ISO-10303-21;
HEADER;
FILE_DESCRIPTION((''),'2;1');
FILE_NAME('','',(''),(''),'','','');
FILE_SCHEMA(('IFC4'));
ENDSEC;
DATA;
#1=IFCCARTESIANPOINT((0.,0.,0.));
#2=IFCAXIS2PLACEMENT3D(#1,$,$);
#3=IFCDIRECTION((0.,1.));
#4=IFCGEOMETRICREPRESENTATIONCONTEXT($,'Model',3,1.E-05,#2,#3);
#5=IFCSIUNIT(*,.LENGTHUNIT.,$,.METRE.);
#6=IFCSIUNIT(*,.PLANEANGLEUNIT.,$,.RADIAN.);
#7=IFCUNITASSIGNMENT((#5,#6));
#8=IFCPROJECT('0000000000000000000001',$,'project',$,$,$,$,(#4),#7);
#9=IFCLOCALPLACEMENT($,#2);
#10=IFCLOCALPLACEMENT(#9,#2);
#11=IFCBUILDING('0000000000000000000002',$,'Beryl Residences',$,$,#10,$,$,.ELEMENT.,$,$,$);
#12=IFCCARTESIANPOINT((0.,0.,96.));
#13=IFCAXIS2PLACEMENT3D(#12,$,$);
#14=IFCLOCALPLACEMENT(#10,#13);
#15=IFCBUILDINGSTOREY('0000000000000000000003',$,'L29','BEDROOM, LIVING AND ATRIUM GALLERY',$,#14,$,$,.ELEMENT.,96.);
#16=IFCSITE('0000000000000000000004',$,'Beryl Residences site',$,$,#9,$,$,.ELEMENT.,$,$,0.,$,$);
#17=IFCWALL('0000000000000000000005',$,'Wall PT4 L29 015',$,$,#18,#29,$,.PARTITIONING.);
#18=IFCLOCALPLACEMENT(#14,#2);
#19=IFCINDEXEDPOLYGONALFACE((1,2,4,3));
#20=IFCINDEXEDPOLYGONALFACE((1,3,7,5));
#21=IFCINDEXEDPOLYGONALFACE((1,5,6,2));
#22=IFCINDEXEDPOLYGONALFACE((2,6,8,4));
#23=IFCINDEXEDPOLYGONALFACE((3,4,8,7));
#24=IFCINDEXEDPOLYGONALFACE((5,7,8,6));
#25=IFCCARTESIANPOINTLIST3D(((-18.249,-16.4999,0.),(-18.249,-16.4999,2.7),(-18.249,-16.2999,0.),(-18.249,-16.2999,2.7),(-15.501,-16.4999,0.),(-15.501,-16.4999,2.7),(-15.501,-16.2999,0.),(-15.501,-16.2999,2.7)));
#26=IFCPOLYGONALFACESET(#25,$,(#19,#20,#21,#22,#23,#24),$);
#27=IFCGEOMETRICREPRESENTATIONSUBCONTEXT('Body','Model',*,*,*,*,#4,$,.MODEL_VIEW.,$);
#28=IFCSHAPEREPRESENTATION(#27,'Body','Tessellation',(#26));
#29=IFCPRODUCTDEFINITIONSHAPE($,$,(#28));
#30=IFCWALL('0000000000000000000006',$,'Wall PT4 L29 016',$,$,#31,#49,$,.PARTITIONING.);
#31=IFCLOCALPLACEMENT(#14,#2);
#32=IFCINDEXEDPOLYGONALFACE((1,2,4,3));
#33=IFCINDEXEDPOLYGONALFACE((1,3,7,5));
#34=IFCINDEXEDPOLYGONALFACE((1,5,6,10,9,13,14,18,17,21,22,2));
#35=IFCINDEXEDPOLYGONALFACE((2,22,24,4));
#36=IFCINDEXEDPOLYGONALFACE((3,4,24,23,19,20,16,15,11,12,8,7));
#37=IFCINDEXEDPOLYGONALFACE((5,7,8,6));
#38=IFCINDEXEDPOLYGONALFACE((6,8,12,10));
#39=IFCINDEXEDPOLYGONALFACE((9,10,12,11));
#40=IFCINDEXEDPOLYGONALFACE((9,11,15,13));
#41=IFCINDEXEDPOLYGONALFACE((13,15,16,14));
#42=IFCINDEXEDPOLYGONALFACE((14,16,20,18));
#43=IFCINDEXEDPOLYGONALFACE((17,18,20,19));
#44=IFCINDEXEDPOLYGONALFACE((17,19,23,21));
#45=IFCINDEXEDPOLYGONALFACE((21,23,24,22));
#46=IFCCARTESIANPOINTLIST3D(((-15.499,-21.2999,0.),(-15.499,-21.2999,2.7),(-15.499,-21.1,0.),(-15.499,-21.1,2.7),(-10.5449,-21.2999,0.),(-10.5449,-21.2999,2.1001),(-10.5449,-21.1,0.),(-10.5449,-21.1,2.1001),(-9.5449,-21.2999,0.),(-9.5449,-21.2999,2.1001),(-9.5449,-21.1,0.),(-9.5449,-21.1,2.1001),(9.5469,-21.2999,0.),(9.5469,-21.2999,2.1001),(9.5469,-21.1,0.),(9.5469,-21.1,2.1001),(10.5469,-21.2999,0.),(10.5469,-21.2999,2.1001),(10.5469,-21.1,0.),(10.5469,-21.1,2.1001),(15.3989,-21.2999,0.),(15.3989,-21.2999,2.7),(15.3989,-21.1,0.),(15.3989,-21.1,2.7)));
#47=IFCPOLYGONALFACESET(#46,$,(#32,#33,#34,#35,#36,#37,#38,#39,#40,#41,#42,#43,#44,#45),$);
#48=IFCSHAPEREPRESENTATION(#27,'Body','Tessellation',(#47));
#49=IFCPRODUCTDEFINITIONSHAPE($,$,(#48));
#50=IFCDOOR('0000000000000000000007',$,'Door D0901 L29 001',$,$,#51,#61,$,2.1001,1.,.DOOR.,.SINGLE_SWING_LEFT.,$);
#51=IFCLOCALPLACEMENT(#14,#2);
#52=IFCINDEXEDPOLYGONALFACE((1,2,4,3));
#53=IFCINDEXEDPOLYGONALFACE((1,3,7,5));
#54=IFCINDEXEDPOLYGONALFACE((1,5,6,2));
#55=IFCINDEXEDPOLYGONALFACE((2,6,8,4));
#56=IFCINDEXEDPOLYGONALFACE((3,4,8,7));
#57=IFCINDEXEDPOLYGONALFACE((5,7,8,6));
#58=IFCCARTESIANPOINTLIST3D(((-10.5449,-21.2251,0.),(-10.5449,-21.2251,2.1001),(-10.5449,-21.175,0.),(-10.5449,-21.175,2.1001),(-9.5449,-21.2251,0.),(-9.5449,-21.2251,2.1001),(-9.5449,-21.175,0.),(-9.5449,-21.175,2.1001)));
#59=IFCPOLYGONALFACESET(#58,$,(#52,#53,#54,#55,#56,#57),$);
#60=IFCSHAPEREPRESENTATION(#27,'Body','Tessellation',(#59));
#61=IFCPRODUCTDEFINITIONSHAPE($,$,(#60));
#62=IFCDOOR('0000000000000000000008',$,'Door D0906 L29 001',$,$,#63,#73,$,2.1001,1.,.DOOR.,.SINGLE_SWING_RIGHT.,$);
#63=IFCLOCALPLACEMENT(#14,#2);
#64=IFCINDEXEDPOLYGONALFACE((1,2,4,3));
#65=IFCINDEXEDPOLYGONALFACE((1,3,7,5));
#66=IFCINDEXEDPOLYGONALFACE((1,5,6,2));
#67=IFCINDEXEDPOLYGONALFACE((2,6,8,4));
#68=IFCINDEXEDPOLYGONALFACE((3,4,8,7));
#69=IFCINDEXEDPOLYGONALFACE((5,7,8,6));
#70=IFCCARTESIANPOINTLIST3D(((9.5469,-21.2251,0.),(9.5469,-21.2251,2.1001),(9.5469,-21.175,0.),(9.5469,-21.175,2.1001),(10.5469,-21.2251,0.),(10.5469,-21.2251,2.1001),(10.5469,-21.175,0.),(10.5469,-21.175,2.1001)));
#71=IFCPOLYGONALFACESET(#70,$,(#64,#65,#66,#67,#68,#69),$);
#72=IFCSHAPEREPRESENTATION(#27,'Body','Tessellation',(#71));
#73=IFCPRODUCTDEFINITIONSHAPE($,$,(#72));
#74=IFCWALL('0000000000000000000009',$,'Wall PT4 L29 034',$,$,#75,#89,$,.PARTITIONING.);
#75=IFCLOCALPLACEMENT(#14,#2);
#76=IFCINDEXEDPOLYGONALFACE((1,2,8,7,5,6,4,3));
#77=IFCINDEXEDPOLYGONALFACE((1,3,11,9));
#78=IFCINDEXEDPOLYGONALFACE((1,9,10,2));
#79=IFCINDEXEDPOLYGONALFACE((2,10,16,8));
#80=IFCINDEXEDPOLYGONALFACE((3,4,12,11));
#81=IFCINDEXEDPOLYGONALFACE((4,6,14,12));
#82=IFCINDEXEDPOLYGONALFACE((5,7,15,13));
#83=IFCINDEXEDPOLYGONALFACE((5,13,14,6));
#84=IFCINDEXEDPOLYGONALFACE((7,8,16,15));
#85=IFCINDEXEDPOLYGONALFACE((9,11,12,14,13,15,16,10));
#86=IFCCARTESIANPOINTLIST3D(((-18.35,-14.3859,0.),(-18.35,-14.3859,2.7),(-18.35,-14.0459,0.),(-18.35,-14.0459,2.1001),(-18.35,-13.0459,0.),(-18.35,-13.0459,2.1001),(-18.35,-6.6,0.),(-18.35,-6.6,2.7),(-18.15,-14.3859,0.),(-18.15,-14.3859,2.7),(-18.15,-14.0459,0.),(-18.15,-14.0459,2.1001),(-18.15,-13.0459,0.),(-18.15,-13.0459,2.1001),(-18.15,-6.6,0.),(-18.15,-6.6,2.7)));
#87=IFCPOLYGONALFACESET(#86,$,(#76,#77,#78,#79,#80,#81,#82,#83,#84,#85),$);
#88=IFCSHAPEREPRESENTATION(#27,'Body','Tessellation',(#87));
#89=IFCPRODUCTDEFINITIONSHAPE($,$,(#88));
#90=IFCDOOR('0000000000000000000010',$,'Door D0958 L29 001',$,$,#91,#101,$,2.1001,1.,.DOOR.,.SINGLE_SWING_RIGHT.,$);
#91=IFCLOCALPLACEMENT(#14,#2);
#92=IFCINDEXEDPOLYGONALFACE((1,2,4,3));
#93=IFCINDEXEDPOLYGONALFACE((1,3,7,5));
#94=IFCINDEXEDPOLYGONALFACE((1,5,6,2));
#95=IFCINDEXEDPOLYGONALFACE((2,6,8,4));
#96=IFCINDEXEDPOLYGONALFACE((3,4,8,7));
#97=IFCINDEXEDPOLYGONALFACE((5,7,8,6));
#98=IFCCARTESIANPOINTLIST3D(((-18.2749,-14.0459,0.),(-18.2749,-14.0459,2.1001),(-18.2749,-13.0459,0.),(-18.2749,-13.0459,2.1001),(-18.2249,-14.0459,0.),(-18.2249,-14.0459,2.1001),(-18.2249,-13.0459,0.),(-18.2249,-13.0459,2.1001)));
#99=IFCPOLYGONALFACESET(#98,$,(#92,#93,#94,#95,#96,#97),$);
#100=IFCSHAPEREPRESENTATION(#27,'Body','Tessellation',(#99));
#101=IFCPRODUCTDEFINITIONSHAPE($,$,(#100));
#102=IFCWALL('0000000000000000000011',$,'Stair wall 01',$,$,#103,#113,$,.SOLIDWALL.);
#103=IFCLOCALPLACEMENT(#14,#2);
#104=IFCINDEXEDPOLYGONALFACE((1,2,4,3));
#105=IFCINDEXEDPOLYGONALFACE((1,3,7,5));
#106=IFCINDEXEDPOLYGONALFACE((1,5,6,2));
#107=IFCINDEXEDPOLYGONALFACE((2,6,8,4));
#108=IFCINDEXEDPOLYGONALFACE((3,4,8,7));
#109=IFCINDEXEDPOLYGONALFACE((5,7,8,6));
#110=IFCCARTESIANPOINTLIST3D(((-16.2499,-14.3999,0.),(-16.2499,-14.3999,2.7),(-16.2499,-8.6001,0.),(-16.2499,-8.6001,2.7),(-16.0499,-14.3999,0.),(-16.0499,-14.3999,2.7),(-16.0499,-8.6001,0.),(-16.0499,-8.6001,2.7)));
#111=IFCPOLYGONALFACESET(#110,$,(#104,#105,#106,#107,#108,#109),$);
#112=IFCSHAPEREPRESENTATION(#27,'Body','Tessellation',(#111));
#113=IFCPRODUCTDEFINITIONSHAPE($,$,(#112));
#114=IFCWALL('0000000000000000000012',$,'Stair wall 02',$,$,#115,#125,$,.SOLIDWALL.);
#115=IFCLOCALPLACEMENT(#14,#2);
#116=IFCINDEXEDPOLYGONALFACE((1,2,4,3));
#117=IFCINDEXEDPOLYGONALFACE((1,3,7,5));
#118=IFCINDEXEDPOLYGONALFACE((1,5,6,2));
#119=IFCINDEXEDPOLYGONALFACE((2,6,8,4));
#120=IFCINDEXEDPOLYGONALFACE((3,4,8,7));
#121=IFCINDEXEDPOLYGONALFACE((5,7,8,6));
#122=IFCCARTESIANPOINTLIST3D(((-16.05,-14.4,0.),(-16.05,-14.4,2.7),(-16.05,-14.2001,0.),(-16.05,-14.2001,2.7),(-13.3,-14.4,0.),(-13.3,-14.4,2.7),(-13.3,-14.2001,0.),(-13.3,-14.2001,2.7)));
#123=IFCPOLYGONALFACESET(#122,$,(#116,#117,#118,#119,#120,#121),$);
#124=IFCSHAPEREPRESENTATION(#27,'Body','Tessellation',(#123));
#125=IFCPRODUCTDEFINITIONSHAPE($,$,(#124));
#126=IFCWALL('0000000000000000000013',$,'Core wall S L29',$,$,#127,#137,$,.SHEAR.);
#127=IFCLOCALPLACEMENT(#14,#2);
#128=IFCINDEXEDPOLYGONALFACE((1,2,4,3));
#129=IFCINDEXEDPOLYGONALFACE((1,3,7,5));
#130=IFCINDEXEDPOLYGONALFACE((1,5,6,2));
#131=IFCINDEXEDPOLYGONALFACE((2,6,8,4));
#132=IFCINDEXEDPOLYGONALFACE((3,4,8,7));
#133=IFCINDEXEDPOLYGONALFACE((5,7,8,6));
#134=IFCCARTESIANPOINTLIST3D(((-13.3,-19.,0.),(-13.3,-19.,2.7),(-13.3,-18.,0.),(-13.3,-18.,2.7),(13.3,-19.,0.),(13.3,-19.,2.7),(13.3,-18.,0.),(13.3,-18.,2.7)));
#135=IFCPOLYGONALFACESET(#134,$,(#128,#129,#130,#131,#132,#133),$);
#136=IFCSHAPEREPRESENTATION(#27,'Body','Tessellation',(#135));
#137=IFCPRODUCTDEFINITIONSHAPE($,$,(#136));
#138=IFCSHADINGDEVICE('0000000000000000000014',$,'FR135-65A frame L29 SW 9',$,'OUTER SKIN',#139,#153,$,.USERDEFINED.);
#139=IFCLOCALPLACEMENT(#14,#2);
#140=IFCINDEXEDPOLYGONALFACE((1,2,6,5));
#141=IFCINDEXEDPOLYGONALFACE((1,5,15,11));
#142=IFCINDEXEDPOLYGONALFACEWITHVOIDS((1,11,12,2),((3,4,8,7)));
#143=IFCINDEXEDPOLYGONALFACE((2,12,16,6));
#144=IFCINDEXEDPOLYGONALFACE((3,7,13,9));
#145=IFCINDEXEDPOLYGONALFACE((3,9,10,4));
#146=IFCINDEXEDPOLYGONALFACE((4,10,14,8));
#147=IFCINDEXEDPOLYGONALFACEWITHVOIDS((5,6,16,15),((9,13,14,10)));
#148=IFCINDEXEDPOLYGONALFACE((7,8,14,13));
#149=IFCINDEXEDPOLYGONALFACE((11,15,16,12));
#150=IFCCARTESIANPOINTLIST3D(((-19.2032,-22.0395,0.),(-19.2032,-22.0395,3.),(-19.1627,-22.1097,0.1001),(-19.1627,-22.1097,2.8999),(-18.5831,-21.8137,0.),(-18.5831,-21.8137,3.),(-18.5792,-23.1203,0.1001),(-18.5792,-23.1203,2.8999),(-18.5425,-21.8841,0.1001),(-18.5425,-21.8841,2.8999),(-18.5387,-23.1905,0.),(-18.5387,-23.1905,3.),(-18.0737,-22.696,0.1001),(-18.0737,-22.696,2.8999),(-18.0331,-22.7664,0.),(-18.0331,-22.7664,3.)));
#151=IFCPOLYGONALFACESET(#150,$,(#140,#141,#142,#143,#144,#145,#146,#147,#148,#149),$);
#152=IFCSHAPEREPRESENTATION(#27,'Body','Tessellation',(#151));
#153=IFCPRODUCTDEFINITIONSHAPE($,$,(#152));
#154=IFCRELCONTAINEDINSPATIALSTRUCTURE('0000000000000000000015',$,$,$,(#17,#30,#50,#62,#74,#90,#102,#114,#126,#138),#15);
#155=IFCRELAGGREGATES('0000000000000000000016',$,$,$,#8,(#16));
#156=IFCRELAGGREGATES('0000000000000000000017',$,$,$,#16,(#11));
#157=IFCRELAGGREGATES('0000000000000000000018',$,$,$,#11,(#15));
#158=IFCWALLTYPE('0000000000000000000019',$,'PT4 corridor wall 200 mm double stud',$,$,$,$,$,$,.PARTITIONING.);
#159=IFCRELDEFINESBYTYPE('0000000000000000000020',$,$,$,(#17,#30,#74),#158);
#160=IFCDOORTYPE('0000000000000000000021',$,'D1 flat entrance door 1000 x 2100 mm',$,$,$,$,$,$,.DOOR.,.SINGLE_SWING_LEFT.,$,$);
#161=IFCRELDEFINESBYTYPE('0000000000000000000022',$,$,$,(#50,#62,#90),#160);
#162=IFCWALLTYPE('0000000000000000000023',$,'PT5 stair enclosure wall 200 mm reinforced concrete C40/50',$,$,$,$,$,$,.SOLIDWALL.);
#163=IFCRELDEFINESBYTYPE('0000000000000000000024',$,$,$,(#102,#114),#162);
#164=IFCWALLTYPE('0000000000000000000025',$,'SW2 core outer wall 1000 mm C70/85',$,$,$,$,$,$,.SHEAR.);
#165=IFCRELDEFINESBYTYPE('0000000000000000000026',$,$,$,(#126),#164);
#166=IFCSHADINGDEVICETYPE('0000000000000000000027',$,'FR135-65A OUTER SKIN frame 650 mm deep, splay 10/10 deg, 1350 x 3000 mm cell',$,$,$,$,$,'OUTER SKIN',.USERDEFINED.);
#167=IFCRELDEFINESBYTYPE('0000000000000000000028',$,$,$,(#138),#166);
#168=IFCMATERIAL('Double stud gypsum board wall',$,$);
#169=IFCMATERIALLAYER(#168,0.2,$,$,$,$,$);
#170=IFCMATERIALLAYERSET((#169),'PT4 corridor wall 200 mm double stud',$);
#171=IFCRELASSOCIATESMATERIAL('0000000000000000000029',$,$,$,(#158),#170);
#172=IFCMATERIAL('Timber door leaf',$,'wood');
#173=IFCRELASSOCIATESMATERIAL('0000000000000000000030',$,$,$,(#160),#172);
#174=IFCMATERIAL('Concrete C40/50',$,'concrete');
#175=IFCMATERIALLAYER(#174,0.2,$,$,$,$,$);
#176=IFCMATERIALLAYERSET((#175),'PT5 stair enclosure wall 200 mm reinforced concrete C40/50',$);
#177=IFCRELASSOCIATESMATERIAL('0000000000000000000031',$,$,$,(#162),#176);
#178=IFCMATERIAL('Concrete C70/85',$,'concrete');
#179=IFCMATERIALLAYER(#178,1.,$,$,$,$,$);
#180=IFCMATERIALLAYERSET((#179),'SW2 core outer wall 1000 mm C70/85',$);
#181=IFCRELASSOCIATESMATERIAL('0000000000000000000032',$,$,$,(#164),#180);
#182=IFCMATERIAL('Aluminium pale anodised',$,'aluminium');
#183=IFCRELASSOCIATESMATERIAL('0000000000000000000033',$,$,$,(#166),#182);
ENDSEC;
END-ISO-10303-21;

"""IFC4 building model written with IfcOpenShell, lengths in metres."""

from ifc_helpers import new_model, entity, si_unit, direction, frame, frame_2d, origin, place, context, subcontext, project, spatial, rectangle, extrude, source, transform, mapped, material, layer, layer_set, type_object, type_shapes, element, fill, save


model = new_model("IFC4")

# Units and contexts
model_context = context("Model", 3, precision=1e-05, world=origin(), true_north=direction((0.0, 1.0)))
body_context = subcontext(model_context, "Body", "Model", "MODEL_VIEW")
ifc_project = project(units=[si_unit("LENGTHUNIT", "METRE"), si_unit("PLANEANGLEUNIT", "RADIAN")], contexts=[model_context])

# Site, building, storey
site_placement = place(None, origin())
site = spatial("IfcSite", under=ifc_project, at=site_placement, Name="Beryl Residences site", CompositionType="ELEMENT", RefElevation=0.0)
building_placement = place(site_placement, origin())
building = spatial("IfcBuilding", under=site, at=building_placement, Name="Beryl Residences", CompositionType="ELEMENT")
storey_placement = place(building_placement, frame((0.0, 0.0, 96.0)))
storey = spatial("IfcBuildingStorey", under=building, at=storey_placement, Name="L29", Description="BEDROOM, LIVING AND ATRIUM GALLERY", CompositionType="ELEMENT", Elevation=96.0)

# Wall
ifc_material_1 = material(Name="Double stud gypsum board wall")
ifc_layer_1 = layer(ifc_material_1, 0.2)
ifc_layer_set_1 = layer_set([ifc_layer_1], Name="PT4 corridor wall 200 mm double stud")
wall_type_1 = type_object("IfcWallType", Name="PT4 corridor wall 200 mm double stud", PredefinedType="PARTITIONING", material=ifc_layer_set_1)
wall_1_placement = place(storey_placement, frame((-18.249, -16.3999, 0.0), z_axis=(0.0, 0.0, 1.0), x_axis=(1.0, 0.0, 0.0)))
element("IfcWall", 1, at=wall_1_placement, inside=storey, type_object=wall_type_1, Name="Wall PT4 L29 015", PredefinedType="PARTITIONING", context=body_context, shape_type="SweptSolid", body=[
    extrude(rectangle(XDim=2.748, YDim=0.2, at=frame_2d((1.374, 0.0))), origin(), (0.0, 0.0, 1.0), 2.7),
])

# Wall, openings, doors
wall_2_placement = place(storey_placement, frame((-15.499, -21.2, 0.0), z_axis=(0.0, 0.0, 1.0), x_axis=(1.0, 0.0, 0.0)))
wall_2 = element("IfcWall", 2, at=wall_2_placement, inside=storey, type_object=wall_type_1, Name="Wall PT4 L29 016", PredefinedType="PARTITIONING", context=body_context, shape_type="SweptSolid", body=[
    extrude(rectangle(XDim=30.8979, YDim=0.2, at=frame_2d((15.449, 0.0))), origin(), (0.0, 0.0, 1.0), 2.7),
])
opening_1_placement = place(wall_2_placement, frame((4.9541, 0.0, 0.0)))
opening_1 = element("IfcOpeningElement", 3, at=opening_1_placement, cuts=wall_2, PredefinedType="OPENING", context=body_context, shape_type="SweptSolid", body=[
    extrude(rectangle(XDim=1.0, YDim=2.1001, at=frame_2d((0.5, 1.05))), frame((0.0, 0.1099, 0.0), z_axis=(0.0, -1.0, 0.0), x_axis=(1.0, 0.0, 0.0)), (0.0, 0.0, 1.0), 0.22),
])
opening_2_placement = place(wall_2_placement, frame((25.0459, 0.0, 0.0)))
opening_2 = element("IfcOpeningElement", 4, at=opening_2_placement, cuts=wall_2, PredefinedType="OPENING", context=body_context, shape_type="SweptSolid", body=[
    extrude(rectangle(XDim=1.0, YDim=2.1001, at=frame_2d((0.5, 1.05))), frame((0.0, 0.1099, 0.0), z_axis=(0.0, -1.0, 0.0), x_axis=(1.0, 0.0, 0.0)), (0.0, 0.0, 1.0), 0.22),
])
ifc_material_2 = material(Name="Timber door leaf", Category="wood")
door_type_1 = type_object("IfcDoorType", Name="D1 flat entrance door 1000 x 2100 mm", OperationType="SINGLE_SWING_LEFT", PredefinedType="DOOR", material=ifc_material_2)
door_1_placement = place(opening_1_placement, origin())
door_1 = element("IfcDoor", 5, at=door_1_placement, inside=storey, type_object=door_type_1, Name="Door D0901 L29 001", OperationType="SINGLE_SWING_LEFT", OverallHeight=2.1001, OverallWidth=1.0, PredefinedType="DOOR", context=body_context, shape_type="SweptSolid", body=[
    extrude(rectangle(XDim=1.0, YDim=2.1001, at=frame_2d((0.5, 1.05))), frame((0.0, 0.0249, 0.0), z_axis=(0.0, -1.0, 0.0), x_axis=(1.0, 0.0, 0.0)), (0.0, 0.0, 1.0), 0.05),
])
fill(opening_1, door_1)
door_2_placement = place(opening_2_placement, origin())
door_2 = element("IfcDoor", 6, at=door_2_placement, inside=storey, type_object=door_type_1, Name="Door D0906 L29 001", OperationType="SINGLE_SWING_RIGHT", OverallHeight=2.1001, OverallWidth=1.0, PredefinedType="DOOR", context=body_context, shape_type="SweptSolid", body=[
    extrude(rectangle(XDim=1.0, YDim=2.1001, at=frame_2d((0.5, 1.05))), frame((0.0, 0.0249, 0.0), z_axis=(0.0, -1.0, 0.0), x_axis=(1.0, 0.0, 0.0)), (0.0, 0.0, 1.0), 0.05),
])
fill(opening_2, door_2)

# Wall, opening, door
wall_3_placement = place(storey_placement, frame((-18.25, -14.386, 0.0), z_axis=(0.0, 0.0, 1.0), x_axis=(0.0, 1.0, 0.0)))
wall_3 = element("IfcWall", 7, at=wall_3_placement, inside=storey, type_object=wall_type_1, Name="Wall PT4 L29 034", PredefinedType="PARTITIONING", context=body_context, shape_type="SweptSolid", body=[
    extrude(rectangle(XDim=7.7859, YDim=0.2, at=frame_2d((3.8931, 0.0))), origin(), (0.0, 0.0, 1.0), 2.7),
])
opening_3_placement = place(wall_3_placement, frame((0.3401, 0.0, 0.0)))
opening_3 = element("IfcOpeningElement", 8, at=opening_3_placement, cuts=wall_3, PredefinedType="OPENING", context=body_context, shape_type="SweptSolid", body=[
    extrude(rectangle(XDim=1.0, YDim=2.1001, at=frame_2d((0.5, 1.05))), frame((0.0, 0.1099, 0.0), z_axis=(0.0, -1.0, 0.0), x_axis=(1.0, 0.0, 0.0)), (0.0, 0.0, 1.0), 0.22),
])
door_3_placement = place(opening_3_placement, origin())
door_3 = element("IfcDoor", 9, at=door_3_placement, inside=storey, type_object=door_type_1, Name="Door D0958 L29 001", OperationType="SINGLE_SWING_RIGHT", OverallHeight=2.1001, OverallWidth=1.0, PredefinedType="DOOR", context=body_context, shape_type="SweptSolid", body=[
    extrude(rectangle(XDim=1.0, YDim=2.1001, at=frame_2d((0.5, 1.05))), frame((0.0, 0.0249, 0.0), z_axis=(0.0, -1.0, 0.0), x_axis=(1.0, 0.0, 0.0)), (0.0, 0.0, 1.0), 0.05),
])
fill(opening_3, door_3)

# Walls
ifc_material_3 = material(Name="Concrete C40/50", Category="concrete")
ifc_layer_2 = layer(ifc_material_3, 0.2)
ifc_layer_set_2 = layer_set([ifc_layer_2], Name="PT5 stair enclosure wall 200 mm reinforced concrete C40/50")
wall_type_2 = type_object("IfcWallType", Name="PT5 stair enclosure wall 200 mm reinforced concrete C40/50", PredefinedType="SOLIDWALL", material=ifc_layer_set_2)
wall_4_placement = place(storey_placement, frame((-16.1499, -14.3999, 0.0), z_axis=(0.0, 0.0, 1.0), x_axis=(0.0, 1.0, 0.0)))
element("IfcWall", 10, at=wall_4_placement, inside=storey, type_object=wall_type_2, Name="Stair wall 01", PredefinedType="SOLIDWALL", context=body_context, shape_type="SweptSolid", body=[
    extrude(rectangle(XDim=5.7998, YDim=0.2, at=frame_2d((2.8999, 0.0))), origin(), (0.0, 0.0, 1.0), 2.7),
])
wall_5_placement = place(storey_placement, frame((-16.05, -14.3, 0.0), z_axis=(0.0, 0.0, 1.0), x_axis=(1.0, 0.0, 0.0)))
element("IfcWall", 11, at=wall_5_placement, inside=storey, type_object=wall_type_2, Name="Stair wall 02", PredefinedType="SOLIDWALL", context=body_context, shape_type="SweptSolid", body=[
    extrude(rectangle(XDim=2.75, YDim=0.2, at=frame_2d((1.375, 0.0))), origin(), (0.0, 0.0, 1.0), 2.7),
])
ifc_material_4 = material(Name="Concrete C70/85", Category="concrete")
ifc_layer_3 = layer(ifc_material_4, 1.0)
ifc_layer_set_3 = layer_set([ifc_layer_3], Name="SW2 core outer wall 1000 mm C70/85")
wall_type_3 = type_object("IfcWallType", Name="SW2 core outer wall 1000 mm C70/85", PredefinedType="SHEAR", material=ifc_layer_set_3)
wall_6_placement = place(storey_placement, frame((-13.3, -18.5, 0.0), z_axis=(0.0, 0.0, 1.0), x_axis=(1.0, 0.0, 0.0)))
element("IfcWall", 12, at=wall_6_placement, inside=storey, type_object=wall_type_3, Name="Core wall S L29", PredefinedType="SHEAR", context=body_context, shape_type="SweptSolid", body=[
    extrude(rectangle(XDim=26.6001, YDim=1.0, at=frame_2d((13.3, 0.0))), origin(), (0.0, 0.0, 1.0), 2.7),
])

# Shading device
ifc_material_5 = material(Name="Aluminium pale anodised", Category="aluminium")
shading_device_type_1 = type_object("IfcShadingDeviceType", Name="FR135-65A OUTER SKIN frame 650 mm deep, splay 10/10 deg, 1350 x 3000 mm cell", ElementType="OUTER SKIN", PredefinedType="USERDEFINED", material=ifc_material_5)
cartesian_point_1 = entity("IfcCartesianPoint", [-0.55, 0.0])
cartesian_point_2 = entity("IfcCartesianPoint", [-0.4688, 0.1001])
cartesian_point_3 = entity("IfcCartesianPoint", [-0.6646, 0.0])
cartesian_point_4 = entity("IfcCartesianPoint", [-0.5835, 0.1001])
shared_shape_1 = source(origin(), body_context, "Body", "SweptSolid", [
    entity("IfcExtrudedAreaSolidTapered", entity("IfcArbitraryProfileDefWithVoids", "AREA", None, entity("IfcPolyline", [cartesian_point_1, entity("IfcCartesianPoint", [0.55, 0.0]), entity("IfcCartesianPoint", [0.55, 3.0]), entity("IfcCartesianPoint", [-0.55, 3.0]), cartesian_point_1]), [entity("IfcPolyline", [cartesian_point_2, entity("IfcCartesianPoint", [0.4688, 0.1001]), entity("IfcCartesianPoint", [0.4688, 2.8999]), entity("IfcCartesianPoint", [-0.4688, 2.8999]), cartesian_point_2])]), entity("IfcAxis2Placement3D", entity("IfcCartesianPoint", [0.0, 0.0, 0.0]), entity("IfcDirection", [0.0, 1.0, 0.0]), entity("IfcDirection", [-1.0, 0.0, 0.0])), entity("IfcDirection", [0.0, 0.0, 1.0]), 0.6499, entity("IfcArbitraryProfileDefWithVoids", "AREA", None, entity("IfcPolyline", [cartesian_point_3, entity("IfcCartesianPoint", [0.6646, 0.0]), entity("IfcCartesianPoint", [0.6646, 3.0]), entity("IfcCartesianPoint", [-0.6646, 3.0]), cartesian_point_3]), [entity("IfcPolyline", [cartesian_point_4, entity("IfcCartesianPoint", [0.5835, 0.1001]), entity("IfcCartesianPoint", [0.5835, 2.8999]), entity("IfcCartesianPoint", [-0.5835, 2.8999]), cartesian_point_4])])),
])
type_shapes(shading_device_type_1, [shared_shape_1])
shading_device_placement = place(storey_placement, frame((-18.3081, -22.29, 0.0), z_axis=(0.0, 0.0, 1.0), x_axis=(-0.5, 0.866025, 0.0)))
element("IfcShadingDevice", 13, at=shading_device_placement, inside=storey, type_object=shading_device_type_1, Name="FR135-65A frame L29 SW 9", ObjectType="OUTER SKIN", PredefinedType="USERDEFINED", context=body_context, shape_type="MappedRepresentation", body=[
    mapped(shared_shape_1, transform((0.0, 0.0, 0.0))),
])

save(model, "model.ifc")
